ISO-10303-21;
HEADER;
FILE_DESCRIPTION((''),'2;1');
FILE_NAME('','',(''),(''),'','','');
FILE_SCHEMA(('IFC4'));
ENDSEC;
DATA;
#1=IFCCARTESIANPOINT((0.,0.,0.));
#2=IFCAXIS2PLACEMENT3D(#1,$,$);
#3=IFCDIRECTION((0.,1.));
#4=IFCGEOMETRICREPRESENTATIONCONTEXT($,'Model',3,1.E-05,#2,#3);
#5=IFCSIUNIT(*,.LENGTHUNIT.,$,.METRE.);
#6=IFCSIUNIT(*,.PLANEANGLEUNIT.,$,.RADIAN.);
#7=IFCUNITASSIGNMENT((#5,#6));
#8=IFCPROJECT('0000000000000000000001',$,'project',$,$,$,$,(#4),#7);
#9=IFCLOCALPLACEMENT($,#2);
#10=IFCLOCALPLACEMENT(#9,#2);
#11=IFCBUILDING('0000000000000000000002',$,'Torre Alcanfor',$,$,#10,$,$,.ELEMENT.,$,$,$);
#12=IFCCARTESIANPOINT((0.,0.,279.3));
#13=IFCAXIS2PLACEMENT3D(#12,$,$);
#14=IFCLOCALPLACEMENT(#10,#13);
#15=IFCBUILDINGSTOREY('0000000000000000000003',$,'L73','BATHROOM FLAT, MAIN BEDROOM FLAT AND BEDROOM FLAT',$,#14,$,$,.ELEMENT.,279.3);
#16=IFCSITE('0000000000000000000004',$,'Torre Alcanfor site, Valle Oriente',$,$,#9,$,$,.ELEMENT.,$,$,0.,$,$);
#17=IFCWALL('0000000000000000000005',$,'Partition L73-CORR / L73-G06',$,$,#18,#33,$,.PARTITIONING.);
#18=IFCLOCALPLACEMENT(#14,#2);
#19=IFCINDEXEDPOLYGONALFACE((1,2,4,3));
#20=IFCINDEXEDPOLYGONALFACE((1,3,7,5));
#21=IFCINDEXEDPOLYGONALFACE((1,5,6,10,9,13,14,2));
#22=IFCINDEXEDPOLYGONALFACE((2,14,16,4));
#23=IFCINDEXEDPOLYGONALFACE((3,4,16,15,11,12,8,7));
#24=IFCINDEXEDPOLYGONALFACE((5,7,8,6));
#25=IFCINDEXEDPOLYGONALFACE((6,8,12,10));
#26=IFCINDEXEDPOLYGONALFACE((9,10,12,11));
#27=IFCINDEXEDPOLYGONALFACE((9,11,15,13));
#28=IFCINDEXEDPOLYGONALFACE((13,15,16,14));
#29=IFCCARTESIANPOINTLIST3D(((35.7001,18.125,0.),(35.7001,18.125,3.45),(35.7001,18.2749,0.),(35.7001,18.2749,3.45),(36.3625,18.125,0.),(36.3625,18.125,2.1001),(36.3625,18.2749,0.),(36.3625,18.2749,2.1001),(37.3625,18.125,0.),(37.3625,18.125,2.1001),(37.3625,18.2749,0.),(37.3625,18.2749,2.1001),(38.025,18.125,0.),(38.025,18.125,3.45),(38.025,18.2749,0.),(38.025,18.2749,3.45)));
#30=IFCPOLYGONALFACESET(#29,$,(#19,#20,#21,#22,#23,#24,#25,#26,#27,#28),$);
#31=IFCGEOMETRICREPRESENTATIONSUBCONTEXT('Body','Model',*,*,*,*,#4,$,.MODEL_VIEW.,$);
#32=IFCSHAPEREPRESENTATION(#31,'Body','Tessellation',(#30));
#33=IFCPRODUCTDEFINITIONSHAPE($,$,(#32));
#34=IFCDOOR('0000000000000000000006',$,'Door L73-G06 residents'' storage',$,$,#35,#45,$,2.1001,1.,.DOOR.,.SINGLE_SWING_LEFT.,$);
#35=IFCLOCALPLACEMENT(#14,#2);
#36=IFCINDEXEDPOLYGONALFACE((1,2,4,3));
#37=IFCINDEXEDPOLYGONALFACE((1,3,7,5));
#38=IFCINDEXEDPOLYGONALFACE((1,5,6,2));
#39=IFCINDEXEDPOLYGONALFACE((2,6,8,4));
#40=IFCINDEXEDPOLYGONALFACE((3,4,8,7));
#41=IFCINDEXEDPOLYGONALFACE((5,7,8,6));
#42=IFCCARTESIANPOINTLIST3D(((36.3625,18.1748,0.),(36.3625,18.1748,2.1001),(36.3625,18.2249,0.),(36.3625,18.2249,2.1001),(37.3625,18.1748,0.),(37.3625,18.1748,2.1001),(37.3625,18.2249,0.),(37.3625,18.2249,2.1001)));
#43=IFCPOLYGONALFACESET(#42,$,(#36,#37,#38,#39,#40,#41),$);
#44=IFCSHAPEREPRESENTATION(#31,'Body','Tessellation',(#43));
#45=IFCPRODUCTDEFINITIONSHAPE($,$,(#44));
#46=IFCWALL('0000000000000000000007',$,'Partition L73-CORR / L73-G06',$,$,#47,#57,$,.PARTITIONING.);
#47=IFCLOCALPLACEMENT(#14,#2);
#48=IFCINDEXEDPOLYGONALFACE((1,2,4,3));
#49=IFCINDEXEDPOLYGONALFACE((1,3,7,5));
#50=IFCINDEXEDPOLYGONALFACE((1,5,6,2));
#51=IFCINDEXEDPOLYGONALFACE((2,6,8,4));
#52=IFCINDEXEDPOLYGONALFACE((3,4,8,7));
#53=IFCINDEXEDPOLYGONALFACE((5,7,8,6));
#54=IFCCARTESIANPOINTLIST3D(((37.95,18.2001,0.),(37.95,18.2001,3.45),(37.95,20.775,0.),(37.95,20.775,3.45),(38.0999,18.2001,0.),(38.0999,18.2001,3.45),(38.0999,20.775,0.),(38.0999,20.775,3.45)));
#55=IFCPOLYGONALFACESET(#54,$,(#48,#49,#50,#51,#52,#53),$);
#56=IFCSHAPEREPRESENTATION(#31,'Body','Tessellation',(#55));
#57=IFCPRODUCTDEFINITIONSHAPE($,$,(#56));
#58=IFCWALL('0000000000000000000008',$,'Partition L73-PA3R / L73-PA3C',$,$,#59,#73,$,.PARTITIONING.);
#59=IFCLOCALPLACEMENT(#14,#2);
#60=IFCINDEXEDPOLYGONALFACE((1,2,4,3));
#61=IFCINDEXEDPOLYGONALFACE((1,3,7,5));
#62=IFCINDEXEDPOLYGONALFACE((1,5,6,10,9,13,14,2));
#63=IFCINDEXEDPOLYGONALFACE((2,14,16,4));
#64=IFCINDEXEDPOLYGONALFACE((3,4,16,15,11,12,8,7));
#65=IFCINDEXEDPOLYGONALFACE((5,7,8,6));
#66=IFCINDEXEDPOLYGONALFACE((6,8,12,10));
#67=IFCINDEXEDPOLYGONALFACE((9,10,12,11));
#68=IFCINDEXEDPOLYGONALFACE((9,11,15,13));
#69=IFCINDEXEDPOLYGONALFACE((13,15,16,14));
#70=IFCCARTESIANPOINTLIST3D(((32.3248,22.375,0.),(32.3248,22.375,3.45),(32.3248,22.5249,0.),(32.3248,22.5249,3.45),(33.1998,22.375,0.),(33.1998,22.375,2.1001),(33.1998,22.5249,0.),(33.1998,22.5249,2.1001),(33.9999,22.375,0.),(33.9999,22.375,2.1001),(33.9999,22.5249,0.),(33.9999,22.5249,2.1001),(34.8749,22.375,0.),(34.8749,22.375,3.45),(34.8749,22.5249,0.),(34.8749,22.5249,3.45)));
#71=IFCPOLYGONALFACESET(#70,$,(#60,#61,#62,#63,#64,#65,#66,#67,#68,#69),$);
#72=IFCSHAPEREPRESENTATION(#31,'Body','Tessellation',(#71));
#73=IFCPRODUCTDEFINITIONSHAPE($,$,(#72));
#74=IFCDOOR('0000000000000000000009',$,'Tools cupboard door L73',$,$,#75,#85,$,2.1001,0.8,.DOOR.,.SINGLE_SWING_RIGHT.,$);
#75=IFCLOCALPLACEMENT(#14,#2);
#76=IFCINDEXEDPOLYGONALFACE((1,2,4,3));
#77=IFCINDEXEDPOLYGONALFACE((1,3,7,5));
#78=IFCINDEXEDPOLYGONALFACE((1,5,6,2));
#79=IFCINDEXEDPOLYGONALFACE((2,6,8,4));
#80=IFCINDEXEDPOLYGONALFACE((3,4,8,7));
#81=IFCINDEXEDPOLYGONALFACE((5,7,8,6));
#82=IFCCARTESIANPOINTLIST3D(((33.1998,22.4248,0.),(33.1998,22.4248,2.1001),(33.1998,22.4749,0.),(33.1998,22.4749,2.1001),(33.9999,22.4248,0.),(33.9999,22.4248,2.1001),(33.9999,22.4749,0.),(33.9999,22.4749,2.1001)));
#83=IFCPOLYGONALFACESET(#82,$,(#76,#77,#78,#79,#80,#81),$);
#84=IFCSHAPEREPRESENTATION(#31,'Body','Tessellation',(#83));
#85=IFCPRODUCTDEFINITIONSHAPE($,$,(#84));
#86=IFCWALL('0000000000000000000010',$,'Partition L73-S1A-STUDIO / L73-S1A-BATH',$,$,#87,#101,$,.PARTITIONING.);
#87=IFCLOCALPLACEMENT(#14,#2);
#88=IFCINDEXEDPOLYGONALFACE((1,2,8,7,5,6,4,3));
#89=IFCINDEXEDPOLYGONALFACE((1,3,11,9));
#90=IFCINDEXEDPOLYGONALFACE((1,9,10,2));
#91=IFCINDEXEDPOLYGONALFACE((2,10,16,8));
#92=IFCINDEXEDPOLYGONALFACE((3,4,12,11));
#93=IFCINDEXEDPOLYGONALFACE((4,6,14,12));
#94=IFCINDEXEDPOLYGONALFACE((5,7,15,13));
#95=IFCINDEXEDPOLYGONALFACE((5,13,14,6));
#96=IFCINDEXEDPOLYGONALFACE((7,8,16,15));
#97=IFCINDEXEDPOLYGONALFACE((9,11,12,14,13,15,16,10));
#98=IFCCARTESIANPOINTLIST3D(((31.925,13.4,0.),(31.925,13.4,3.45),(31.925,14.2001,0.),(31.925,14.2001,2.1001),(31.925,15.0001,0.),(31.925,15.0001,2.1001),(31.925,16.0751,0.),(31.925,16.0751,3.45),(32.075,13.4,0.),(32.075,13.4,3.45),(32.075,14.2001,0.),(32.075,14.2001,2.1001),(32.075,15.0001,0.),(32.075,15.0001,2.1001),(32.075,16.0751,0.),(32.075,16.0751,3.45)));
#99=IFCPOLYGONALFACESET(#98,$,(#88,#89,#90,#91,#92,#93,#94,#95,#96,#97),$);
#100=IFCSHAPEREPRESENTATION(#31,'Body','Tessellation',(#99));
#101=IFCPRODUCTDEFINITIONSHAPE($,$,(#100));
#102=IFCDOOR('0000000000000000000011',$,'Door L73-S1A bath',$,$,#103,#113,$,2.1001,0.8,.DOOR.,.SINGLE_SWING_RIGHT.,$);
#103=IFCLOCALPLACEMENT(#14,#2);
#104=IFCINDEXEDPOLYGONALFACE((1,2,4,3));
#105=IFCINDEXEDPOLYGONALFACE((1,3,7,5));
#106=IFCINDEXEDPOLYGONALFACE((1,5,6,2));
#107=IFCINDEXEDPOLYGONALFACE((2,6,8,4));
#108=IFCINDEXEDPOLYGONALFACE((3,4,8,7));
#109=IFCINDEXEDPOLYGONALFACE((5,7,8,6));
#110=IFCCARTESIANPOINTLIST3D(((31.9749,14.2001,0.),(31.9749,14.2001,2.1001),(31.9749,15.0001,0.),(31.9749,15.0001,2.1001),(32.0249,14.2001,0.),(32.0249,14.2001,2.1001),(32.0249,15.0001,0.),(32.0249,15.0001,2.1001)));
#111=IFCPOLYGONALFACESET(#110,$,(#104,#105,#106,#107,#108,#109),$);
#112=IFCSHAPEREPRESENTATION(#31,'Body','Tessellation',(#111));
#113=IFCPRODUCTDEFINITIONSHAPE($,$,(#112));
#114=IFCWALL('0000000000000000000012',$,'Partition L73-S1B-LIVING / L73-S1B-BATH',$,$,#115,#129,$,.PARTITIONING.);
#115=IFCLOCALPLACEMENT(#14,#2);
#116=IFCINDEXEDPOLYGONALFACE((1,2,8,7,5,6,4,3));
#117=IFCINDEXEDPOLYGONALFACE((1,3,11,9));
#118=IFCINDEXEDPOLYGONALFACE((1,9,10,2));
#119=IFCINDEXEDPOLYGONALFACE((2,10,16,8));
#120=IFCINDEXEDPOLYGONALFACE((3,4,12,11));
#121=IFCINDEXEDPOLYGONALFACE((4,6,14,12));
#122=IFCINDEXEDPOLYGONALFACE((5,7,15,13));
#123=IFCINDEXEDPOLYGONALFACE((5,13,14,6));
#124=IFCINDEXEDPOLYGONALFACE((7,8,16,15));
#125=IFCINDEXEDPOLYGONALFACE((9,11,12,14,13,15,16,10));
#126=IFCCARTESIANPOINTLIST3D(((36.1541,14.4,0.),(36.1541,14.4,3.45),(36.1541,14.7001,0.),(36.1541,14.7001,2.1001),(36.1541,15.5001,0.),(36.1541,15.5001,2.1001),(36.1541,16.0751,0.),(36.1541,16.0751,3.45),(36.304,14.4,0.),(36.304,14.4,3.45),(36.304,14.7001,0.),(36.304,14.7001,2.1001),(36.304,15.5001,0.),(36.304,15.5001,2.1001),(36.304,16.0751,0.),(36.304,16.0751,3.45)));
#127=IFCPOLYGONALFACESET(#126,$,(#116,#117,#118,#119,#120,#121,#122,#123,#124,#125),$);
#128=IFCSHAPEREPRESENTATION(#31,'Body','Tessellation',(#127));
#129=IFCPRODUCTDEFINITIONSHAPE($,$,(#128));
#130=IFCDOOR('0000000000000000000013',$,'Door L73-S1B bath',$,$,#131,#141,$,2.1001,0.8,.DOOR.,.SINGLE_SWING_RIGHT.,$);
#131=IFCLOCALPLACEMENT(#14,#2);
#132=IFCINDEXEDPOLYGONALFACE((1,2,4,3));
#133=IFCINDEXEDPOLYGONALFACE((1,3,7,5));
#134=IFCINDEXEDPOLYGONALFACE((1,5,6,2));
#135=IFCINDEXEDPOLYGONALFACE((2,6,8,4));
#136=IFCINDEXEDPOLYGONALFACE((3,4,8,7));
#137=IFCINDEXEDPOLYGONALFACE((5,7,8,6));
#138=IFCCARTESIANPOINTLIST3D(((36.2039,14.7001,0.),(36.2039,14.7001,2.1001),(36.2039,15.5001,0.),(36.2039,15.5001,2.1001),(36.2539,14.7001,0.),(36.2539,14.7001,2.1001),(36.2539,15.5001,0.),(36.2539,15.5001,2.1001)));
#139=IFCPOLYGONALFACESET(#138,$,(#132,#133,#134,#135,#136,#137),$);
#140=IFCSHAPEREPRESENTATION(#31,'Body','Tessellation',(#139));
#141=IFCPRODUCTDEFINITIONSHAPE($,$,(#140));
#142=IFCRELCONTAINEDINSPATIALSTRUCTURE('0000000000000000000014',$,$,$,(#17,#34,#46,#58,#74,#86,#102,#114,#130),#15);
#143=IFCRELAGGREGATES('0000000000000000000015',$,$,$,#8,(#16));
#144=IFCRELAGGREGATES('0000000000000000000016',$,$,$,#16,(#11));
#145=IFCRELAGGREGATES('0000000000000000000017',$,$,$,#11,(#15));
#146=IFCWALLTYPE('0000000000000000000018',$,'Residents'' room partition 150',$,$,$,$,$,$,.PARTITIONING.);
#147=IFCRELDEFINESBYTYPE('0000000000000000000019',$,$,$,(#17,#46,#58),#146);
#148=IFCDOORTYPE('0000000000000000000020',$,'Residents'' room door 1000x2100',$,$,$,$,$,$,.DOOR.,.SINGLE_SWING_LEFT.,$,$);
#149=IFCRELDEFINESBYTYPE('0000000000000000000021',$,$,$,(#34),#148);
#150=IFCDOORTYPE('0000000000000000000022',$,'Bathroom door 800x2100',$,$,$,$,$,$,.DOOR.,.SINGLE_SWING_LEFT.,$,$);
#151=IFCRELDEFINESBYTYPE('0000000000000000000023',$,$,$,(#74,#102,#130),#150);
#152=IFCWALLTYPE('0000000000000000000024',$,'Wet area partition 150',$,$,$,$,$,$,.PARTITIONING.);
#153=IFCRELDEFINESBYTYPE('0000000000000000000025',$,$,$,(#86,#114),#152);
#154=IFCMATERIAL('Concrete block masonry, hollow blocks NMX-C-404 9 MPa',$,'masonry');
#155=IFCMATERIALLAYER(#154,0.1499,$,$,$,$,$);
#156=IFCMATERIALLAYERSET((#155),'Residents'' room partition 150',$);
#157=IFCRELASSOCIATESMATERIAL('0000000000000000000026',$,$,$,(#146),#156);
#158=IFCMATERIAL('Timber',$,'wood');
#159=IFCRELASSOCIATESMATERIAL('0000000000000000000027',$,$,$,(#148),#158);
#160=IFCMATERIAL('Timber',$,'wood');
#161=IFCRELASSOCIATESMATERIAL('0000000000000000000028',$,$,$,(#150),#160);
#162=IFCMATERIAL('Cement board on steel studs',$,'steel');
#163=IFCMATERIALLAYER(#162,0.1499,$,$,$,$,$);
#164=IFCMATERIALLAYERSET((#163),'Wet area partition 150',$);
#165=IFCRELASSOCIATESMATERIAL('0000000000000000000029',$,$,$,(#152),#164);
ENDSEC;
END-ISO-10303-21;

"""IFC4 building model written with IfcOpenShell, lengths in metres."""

from ifc_helpers import new_model, si_unit, direction, frame, frame_2d, origin, place, context, subcontext, project, spatial, rectangle, extrude, material, layer, layer_set, type_object, element, fill, save


model = new_model("IFC4")

# Units and contexts
model_context = context("Model", 3, precision=1e-05, world=origin(), true_north=direction((0.0, 1.0)))
body_context = subcontext(model_context, "Body", "Model", "MODEL_VIEW")
ifc_project = project(units=[si_unit("LENGTHUNIT", "METRE"), si_unit("PLANEANGLEUNIT", "RADIAN")], contexts=[model_context])

# Site, building, storey
site_placement = place(None, origin())
site = spatial("IfcSite", under=ifc_project, at=site_placement, Name="Torre Alcanfor site, Valle Oriente", CompositionType="ELEMENT", RefElevation=0.0)
building_placement = place(site_placement, origin())
building = spatial("IfcBuilding", under=site, at=building_placement, Name="Torre Alcanfor", CompositionType="ELEMENT")
storey_placement = place(building_placement, frame((0.0, 0.0, 279.3)))
storey = spatial("IfcBuildingStorey", under=building, at=storey_placement, Name="L73", Description="BATHROOM FLAT, MAIN BEDROOM FLAT AND BEDROOM FLAT", CompositionType="ELEMENT", Elevation=279.3)

# Shared definitions
ifc_material_1 = material(Name="Concrete block masonry, hollow blocks NMX-C-404 9 MPa", Category="masonry")
ifc_layer_1 = layer(ifc_material_1, 0.1499)
ifc_layer_set_1 = layer_set([ifc_layer_1], Name="Residents' room partition 150")
wall_type_1 = type_object("IfcWallType", Name="Residents' room partition 150", PredefinedType="PARTITIONING", material=ifc_layer_set_1)

# Wall, opening, door
wall_1_placement = place(storey_placement, frame((35.7, 18.2, 0.0), z_axis=(0.0, 0.0, 1.0), x_axis=(1.0, 0.0, 0.0)))
wall_1 = element("IfcWall", 1, at=wall_1_placement, inside=storey, type_object=wall_type_1, Name="Partition L73-CORR / L73-G06", PredefinedType="PARTITIONING", context=body_context, shape_type="SweptSolid", body=[
    extrude(rectangle(XDim=2.325, YDim=0.1499, at=frame_2d((1.1626, 0.0))), origin(), (0.0, 0.0, 1.0), 3.45),
])
opening_1_placement = place(wall_1_placement, frame((0.6626, 0.0, 0.0)))
opening_1 = element("IfcOpeningElement", 2, at=opening_1_placement, cuts=wall_1, PredefinedType="OPENING", context=body_context, shape_type="SweptSolid", body=[
    extrude(rectangle(XDim=1.0, YDim=2.1001, at=frame_2d((0.5, 1.05))), frame((0.0, 0.085, 0.0), z_axis=(0.0, -1.0, 0.0), x_axis=(1.0, 0.0, 0.0)), (0.0, 0.0, 1.0), 0.1699),
])
ifc_material_2 = material(Name="Timber", Category="wood")
door_type_1 = type_object("IfcDoorType", Name="Residents' room door 1000x2100", OperationType="SINGLE_SWING_LEFT", PredefinedType="DOOR", material=ifc_material_2)
door_1_placement = place(opening_1_placement, origin())
door_1 = element("IfcDoor", 3, at=door_1_placement, inside=storey, type_object=door_type_1, Name="Door L73-G06 residents' storage", OperationType="SINGLE_SWING_LEFT", OverallHeight=2.1001, OverallWidth=1.0, PredefinedType="DOOR", context=body_context, shape_type="SweptSolid", body=[
    extrude(rectangle(XDim=1.0, YDim=2.1001, at=frame_2d((0.5, 1.05))), frame((0.0, 0.0249, 0.0), z_axis=(0.0, -1.0, 0.0), x_axis=(1.0, 0.0, 0.0)), (0.0, 0.0, 1.0), 0.05),
])
fill(opening_1, door_1)

# Wall
wall_2_placement = place(storey_placement, frame((38.0249, 18.2, 0.0), z_axis=(0.0, 0.0, 1.0), x_axis=(0.0, 1.0, 0.0)))
element("IfcWall", 4, at=wall_2_placement, inside=storey, type_object=wall_type_1, Name="Partition L73-CORR / L73-G06", PredefinedType="PARTITIONING", context=body_context, shape_type="SweptSolid", body=[
    extrude(rectangle(XDim=2.575, YDim=0.1499, at=frame_2d((1.2876, 0.0))), origin(), (0.0, 0.0, 1.0), 3.45),
])

# Walls, openings, doors
wall_3_placement = place(storey_placement, frame((32.325, 22.45, 0.0), z_axis=(0.0, 0.0, 1.0), x_axis=(1.0, 0.0, 0.0)))
wall_3 = element("IfcWall", 5, at=wall_3_placement, inside=storey, type_object=wall_type_1, Name="Partition L73-PA3R / L73-PA3C", PredefinedType="PARTITIONING", context=body_context, shape_type="SweptSolid", body=[
    extrude(rectangle(XDim=2.55, YDim=0.1499, at=frame_2d((1.2749, 0.0))), origin(), (0.0, 0.0, 1.0), 3.45),
])
opening_2_placement = place(wall_3_placement, frame((0.875, 0.0, 0.0)))
opening_2 = element("IfcOpeningElement", 6, at=opening_2_placement, cuts=wall_3, PredefinedType="OPENING", context=body_context, shape_type="SweptSolid", body=[
    extrude(rectangle(XDim=0.8, YDim=2.1001, at=frame_2d((0.3999, 1.05))), frame((0.0, 0.085, 0.0), z_axis=(0.0, -1.0, 0.0), x_axis=(1.0, 0.0, 0.0)), (0.0, 0.0, 1.0), 0.1699),
])
ifc_material_3 = material(Name="Timber", Category="wood")
door_type_2 = type_object("IfcDoorType", Name="Bathroom door 800x2100", OperationType="SINGLE_SWING_LEFT", PredefinedType="DOOR", material=ifc_material_3)
door_2_placement = place(opening_2_placement, frame((0.8, 0.0, 0.0), z_axis=(0.0, 0.0, 1.0), x_axis=(-1.0, 0.0, 0.0)))
door_2 = element("IfcDoor", 7, at=door_2_placement, inside=storey, type_object=door_type_2, Name="Tools cupboard door L73", OperationType="SINGLE_SWING_RIGHT", OverallHeight=2.1001, OverallWidth=0.8, PredefinedType="DOOR", context=body_context, shape_type="SweptSolid", body=[
    extrude(rectangle(XDim=0.8, YDim=2.1001, at=frame_2d((0.4001, 1.05))), frame((0.0, 0.0251, 0.0), z_axis=(0.0, -1.0, 0.0), x_axis=(1.0, 0.0, 0.0)), (0.0, 0.0, 1.0), 0.05),
])
fill(opening_2, door_2)
ifc_material_4 = material(Name="Cement board on steel studs", Category="steel")
ifc_layer_2 = layer(ifc_material_4, 0.1499)
ifc_layer_set_2 = layer_set([ifc_layer_2], Name="Wet area partition 150")
wall_type_2 = type_object("IfcWallType", Name="Wet area partition 150", PredefinedType="PARTITIONING", material=ifc_layer_set_2)
wall_4_placement = place(storey_placement, frame((32.0, 16.075, 0.0), z_axis=(0.0, 0.0, 1.0), x_axis=(0.0, -1.0, 0.0)))
wall_4 = element("IfcWall", 8, at=wall_4_placement, inside=storey, type_object=wall_type_2, Name="Partition L73-S1A-STUDIO / L73-S1A-BATH", PredefinedType="PARTITIONING", context=body_context, shape_type="SweptSolid", body=[
    extrude(rectangle(XDim=2.675, YDim=0.1499, at=frame_2d((1.3374, 0.0))), origin(), (0.0, 0.0, 1.0), 3.45),
])
opening_3_placement = place(wall_4_placement, frame((1.075, 0.0, 0.0)))
opening_3 = element("IfcOpeningElement", 9, at=opening_3_placement, cuts=wall_4, PredefinedType="OPENING", context=body_context, shape_type="SweptSolid", body=[
    extrude(rectangle(XDim=0.8, YDim=2.1001, at=frame_2d((0.3999, 1.05))), frame((0.0, 0.085, 0.0), z_axis=(0.0, -1.0, 0.0), x_axis=(1.0, 0.0, 0.0)), (0.0, 0.0, 1.0), 0.1699),
])
door_3_placement = place(opening_3_placement, origin())
door_3 = element("IfcDoor", 10, at=door_3_placement, inside=storey, type_object=door_type_2, Name="Door L73-S1A bath", OperationType="SINGLE_SWING_RIGHT", OverallHeight=2.1001, OverallWidth=0.8, PredefinedType="DOOR", context=body_context, shape_type="SweptSolid", body=[
    extrude(rectangle(XDim=0.8, YDim=2.1001, at=frame_2d((0.3999, 1.05))), frame((0.0, 0.0249, 0.0), z_axis=(0.0, -1.0, 0.0), x_axis=(1.0, 0.0, 0.0)), (0.0, 0.0, 1.0), 0.05),
])
fill(opening_3, door_3)
wall_5_placement = place(storey_placement, frame((36.229, 16.075, 0.0), z_axis=(0.0, 0.0, 1.0), x_axis=(0.0, -1.0, 0.0)))
wall_5 = element("IfcWall", 11, at=wall_5_placement, inside=storey, type_object=wall_type_2, Name="Partition L73-S1B-LIVING / L73-S1B-BATH", PredefinedType="PARTITIONING", context=body_context, shape_type="SweptSolid", body=[
    extrude(rectangle(XDim=1.675, YDim=0.1499, at=frame_2d((0.8374, 0.0))), origin(), (0.0, 0.0, 1.0), 3.45),
])
opening_4_placement = place(wall_5_placement, frame((0.575, 0.0, 0.0)))
opening_4 = element("IfcOpeningElement", 12, at=opening_4_placement, cuts=wall_5, PredefinedType="OPENING", context=body_context, shape_type="SweptSolid", body=[
    extrude(rectangle(XDim=0.8, YDim=2.1001, at=frame_2d((0.3999, 1.05))), frame((0.0, 0.085, 0.0), z_axis=(0.0, -1.0, 0.0), x_axis=(1.0, 0.0, 0.0)), (0.0, 0.0, 1.0), 0.1699),
])
door_4_placement = place(opening_4_placement, origin())
door_4 = element("IfcDoor", 13, at=door_4_placement, inside=storey, type_object=door_type_2, Name="Door L73-S1B bath", OperationType="SINGLE_SWING_RIGHT", OverallHeight=2.1001, OverallWidth=0.8, PredefinedType="DOOR", context=body_context, shape_type="SweptSolid", body=[
    extrude(rectangle(XDim=0.8, YDim=2.1001, at=frame_2d((0.3999, 1.05))), frame((0.0, 0.0249, 0.0), z_axis=(0.0, -1.0, 0.0), x_axis=(1.0, 0.0, 0.0)), (0.0, 0.0, 1.0), 0.05),
])
fill(opening_4, door_4)

save(model, "model.ifc")
